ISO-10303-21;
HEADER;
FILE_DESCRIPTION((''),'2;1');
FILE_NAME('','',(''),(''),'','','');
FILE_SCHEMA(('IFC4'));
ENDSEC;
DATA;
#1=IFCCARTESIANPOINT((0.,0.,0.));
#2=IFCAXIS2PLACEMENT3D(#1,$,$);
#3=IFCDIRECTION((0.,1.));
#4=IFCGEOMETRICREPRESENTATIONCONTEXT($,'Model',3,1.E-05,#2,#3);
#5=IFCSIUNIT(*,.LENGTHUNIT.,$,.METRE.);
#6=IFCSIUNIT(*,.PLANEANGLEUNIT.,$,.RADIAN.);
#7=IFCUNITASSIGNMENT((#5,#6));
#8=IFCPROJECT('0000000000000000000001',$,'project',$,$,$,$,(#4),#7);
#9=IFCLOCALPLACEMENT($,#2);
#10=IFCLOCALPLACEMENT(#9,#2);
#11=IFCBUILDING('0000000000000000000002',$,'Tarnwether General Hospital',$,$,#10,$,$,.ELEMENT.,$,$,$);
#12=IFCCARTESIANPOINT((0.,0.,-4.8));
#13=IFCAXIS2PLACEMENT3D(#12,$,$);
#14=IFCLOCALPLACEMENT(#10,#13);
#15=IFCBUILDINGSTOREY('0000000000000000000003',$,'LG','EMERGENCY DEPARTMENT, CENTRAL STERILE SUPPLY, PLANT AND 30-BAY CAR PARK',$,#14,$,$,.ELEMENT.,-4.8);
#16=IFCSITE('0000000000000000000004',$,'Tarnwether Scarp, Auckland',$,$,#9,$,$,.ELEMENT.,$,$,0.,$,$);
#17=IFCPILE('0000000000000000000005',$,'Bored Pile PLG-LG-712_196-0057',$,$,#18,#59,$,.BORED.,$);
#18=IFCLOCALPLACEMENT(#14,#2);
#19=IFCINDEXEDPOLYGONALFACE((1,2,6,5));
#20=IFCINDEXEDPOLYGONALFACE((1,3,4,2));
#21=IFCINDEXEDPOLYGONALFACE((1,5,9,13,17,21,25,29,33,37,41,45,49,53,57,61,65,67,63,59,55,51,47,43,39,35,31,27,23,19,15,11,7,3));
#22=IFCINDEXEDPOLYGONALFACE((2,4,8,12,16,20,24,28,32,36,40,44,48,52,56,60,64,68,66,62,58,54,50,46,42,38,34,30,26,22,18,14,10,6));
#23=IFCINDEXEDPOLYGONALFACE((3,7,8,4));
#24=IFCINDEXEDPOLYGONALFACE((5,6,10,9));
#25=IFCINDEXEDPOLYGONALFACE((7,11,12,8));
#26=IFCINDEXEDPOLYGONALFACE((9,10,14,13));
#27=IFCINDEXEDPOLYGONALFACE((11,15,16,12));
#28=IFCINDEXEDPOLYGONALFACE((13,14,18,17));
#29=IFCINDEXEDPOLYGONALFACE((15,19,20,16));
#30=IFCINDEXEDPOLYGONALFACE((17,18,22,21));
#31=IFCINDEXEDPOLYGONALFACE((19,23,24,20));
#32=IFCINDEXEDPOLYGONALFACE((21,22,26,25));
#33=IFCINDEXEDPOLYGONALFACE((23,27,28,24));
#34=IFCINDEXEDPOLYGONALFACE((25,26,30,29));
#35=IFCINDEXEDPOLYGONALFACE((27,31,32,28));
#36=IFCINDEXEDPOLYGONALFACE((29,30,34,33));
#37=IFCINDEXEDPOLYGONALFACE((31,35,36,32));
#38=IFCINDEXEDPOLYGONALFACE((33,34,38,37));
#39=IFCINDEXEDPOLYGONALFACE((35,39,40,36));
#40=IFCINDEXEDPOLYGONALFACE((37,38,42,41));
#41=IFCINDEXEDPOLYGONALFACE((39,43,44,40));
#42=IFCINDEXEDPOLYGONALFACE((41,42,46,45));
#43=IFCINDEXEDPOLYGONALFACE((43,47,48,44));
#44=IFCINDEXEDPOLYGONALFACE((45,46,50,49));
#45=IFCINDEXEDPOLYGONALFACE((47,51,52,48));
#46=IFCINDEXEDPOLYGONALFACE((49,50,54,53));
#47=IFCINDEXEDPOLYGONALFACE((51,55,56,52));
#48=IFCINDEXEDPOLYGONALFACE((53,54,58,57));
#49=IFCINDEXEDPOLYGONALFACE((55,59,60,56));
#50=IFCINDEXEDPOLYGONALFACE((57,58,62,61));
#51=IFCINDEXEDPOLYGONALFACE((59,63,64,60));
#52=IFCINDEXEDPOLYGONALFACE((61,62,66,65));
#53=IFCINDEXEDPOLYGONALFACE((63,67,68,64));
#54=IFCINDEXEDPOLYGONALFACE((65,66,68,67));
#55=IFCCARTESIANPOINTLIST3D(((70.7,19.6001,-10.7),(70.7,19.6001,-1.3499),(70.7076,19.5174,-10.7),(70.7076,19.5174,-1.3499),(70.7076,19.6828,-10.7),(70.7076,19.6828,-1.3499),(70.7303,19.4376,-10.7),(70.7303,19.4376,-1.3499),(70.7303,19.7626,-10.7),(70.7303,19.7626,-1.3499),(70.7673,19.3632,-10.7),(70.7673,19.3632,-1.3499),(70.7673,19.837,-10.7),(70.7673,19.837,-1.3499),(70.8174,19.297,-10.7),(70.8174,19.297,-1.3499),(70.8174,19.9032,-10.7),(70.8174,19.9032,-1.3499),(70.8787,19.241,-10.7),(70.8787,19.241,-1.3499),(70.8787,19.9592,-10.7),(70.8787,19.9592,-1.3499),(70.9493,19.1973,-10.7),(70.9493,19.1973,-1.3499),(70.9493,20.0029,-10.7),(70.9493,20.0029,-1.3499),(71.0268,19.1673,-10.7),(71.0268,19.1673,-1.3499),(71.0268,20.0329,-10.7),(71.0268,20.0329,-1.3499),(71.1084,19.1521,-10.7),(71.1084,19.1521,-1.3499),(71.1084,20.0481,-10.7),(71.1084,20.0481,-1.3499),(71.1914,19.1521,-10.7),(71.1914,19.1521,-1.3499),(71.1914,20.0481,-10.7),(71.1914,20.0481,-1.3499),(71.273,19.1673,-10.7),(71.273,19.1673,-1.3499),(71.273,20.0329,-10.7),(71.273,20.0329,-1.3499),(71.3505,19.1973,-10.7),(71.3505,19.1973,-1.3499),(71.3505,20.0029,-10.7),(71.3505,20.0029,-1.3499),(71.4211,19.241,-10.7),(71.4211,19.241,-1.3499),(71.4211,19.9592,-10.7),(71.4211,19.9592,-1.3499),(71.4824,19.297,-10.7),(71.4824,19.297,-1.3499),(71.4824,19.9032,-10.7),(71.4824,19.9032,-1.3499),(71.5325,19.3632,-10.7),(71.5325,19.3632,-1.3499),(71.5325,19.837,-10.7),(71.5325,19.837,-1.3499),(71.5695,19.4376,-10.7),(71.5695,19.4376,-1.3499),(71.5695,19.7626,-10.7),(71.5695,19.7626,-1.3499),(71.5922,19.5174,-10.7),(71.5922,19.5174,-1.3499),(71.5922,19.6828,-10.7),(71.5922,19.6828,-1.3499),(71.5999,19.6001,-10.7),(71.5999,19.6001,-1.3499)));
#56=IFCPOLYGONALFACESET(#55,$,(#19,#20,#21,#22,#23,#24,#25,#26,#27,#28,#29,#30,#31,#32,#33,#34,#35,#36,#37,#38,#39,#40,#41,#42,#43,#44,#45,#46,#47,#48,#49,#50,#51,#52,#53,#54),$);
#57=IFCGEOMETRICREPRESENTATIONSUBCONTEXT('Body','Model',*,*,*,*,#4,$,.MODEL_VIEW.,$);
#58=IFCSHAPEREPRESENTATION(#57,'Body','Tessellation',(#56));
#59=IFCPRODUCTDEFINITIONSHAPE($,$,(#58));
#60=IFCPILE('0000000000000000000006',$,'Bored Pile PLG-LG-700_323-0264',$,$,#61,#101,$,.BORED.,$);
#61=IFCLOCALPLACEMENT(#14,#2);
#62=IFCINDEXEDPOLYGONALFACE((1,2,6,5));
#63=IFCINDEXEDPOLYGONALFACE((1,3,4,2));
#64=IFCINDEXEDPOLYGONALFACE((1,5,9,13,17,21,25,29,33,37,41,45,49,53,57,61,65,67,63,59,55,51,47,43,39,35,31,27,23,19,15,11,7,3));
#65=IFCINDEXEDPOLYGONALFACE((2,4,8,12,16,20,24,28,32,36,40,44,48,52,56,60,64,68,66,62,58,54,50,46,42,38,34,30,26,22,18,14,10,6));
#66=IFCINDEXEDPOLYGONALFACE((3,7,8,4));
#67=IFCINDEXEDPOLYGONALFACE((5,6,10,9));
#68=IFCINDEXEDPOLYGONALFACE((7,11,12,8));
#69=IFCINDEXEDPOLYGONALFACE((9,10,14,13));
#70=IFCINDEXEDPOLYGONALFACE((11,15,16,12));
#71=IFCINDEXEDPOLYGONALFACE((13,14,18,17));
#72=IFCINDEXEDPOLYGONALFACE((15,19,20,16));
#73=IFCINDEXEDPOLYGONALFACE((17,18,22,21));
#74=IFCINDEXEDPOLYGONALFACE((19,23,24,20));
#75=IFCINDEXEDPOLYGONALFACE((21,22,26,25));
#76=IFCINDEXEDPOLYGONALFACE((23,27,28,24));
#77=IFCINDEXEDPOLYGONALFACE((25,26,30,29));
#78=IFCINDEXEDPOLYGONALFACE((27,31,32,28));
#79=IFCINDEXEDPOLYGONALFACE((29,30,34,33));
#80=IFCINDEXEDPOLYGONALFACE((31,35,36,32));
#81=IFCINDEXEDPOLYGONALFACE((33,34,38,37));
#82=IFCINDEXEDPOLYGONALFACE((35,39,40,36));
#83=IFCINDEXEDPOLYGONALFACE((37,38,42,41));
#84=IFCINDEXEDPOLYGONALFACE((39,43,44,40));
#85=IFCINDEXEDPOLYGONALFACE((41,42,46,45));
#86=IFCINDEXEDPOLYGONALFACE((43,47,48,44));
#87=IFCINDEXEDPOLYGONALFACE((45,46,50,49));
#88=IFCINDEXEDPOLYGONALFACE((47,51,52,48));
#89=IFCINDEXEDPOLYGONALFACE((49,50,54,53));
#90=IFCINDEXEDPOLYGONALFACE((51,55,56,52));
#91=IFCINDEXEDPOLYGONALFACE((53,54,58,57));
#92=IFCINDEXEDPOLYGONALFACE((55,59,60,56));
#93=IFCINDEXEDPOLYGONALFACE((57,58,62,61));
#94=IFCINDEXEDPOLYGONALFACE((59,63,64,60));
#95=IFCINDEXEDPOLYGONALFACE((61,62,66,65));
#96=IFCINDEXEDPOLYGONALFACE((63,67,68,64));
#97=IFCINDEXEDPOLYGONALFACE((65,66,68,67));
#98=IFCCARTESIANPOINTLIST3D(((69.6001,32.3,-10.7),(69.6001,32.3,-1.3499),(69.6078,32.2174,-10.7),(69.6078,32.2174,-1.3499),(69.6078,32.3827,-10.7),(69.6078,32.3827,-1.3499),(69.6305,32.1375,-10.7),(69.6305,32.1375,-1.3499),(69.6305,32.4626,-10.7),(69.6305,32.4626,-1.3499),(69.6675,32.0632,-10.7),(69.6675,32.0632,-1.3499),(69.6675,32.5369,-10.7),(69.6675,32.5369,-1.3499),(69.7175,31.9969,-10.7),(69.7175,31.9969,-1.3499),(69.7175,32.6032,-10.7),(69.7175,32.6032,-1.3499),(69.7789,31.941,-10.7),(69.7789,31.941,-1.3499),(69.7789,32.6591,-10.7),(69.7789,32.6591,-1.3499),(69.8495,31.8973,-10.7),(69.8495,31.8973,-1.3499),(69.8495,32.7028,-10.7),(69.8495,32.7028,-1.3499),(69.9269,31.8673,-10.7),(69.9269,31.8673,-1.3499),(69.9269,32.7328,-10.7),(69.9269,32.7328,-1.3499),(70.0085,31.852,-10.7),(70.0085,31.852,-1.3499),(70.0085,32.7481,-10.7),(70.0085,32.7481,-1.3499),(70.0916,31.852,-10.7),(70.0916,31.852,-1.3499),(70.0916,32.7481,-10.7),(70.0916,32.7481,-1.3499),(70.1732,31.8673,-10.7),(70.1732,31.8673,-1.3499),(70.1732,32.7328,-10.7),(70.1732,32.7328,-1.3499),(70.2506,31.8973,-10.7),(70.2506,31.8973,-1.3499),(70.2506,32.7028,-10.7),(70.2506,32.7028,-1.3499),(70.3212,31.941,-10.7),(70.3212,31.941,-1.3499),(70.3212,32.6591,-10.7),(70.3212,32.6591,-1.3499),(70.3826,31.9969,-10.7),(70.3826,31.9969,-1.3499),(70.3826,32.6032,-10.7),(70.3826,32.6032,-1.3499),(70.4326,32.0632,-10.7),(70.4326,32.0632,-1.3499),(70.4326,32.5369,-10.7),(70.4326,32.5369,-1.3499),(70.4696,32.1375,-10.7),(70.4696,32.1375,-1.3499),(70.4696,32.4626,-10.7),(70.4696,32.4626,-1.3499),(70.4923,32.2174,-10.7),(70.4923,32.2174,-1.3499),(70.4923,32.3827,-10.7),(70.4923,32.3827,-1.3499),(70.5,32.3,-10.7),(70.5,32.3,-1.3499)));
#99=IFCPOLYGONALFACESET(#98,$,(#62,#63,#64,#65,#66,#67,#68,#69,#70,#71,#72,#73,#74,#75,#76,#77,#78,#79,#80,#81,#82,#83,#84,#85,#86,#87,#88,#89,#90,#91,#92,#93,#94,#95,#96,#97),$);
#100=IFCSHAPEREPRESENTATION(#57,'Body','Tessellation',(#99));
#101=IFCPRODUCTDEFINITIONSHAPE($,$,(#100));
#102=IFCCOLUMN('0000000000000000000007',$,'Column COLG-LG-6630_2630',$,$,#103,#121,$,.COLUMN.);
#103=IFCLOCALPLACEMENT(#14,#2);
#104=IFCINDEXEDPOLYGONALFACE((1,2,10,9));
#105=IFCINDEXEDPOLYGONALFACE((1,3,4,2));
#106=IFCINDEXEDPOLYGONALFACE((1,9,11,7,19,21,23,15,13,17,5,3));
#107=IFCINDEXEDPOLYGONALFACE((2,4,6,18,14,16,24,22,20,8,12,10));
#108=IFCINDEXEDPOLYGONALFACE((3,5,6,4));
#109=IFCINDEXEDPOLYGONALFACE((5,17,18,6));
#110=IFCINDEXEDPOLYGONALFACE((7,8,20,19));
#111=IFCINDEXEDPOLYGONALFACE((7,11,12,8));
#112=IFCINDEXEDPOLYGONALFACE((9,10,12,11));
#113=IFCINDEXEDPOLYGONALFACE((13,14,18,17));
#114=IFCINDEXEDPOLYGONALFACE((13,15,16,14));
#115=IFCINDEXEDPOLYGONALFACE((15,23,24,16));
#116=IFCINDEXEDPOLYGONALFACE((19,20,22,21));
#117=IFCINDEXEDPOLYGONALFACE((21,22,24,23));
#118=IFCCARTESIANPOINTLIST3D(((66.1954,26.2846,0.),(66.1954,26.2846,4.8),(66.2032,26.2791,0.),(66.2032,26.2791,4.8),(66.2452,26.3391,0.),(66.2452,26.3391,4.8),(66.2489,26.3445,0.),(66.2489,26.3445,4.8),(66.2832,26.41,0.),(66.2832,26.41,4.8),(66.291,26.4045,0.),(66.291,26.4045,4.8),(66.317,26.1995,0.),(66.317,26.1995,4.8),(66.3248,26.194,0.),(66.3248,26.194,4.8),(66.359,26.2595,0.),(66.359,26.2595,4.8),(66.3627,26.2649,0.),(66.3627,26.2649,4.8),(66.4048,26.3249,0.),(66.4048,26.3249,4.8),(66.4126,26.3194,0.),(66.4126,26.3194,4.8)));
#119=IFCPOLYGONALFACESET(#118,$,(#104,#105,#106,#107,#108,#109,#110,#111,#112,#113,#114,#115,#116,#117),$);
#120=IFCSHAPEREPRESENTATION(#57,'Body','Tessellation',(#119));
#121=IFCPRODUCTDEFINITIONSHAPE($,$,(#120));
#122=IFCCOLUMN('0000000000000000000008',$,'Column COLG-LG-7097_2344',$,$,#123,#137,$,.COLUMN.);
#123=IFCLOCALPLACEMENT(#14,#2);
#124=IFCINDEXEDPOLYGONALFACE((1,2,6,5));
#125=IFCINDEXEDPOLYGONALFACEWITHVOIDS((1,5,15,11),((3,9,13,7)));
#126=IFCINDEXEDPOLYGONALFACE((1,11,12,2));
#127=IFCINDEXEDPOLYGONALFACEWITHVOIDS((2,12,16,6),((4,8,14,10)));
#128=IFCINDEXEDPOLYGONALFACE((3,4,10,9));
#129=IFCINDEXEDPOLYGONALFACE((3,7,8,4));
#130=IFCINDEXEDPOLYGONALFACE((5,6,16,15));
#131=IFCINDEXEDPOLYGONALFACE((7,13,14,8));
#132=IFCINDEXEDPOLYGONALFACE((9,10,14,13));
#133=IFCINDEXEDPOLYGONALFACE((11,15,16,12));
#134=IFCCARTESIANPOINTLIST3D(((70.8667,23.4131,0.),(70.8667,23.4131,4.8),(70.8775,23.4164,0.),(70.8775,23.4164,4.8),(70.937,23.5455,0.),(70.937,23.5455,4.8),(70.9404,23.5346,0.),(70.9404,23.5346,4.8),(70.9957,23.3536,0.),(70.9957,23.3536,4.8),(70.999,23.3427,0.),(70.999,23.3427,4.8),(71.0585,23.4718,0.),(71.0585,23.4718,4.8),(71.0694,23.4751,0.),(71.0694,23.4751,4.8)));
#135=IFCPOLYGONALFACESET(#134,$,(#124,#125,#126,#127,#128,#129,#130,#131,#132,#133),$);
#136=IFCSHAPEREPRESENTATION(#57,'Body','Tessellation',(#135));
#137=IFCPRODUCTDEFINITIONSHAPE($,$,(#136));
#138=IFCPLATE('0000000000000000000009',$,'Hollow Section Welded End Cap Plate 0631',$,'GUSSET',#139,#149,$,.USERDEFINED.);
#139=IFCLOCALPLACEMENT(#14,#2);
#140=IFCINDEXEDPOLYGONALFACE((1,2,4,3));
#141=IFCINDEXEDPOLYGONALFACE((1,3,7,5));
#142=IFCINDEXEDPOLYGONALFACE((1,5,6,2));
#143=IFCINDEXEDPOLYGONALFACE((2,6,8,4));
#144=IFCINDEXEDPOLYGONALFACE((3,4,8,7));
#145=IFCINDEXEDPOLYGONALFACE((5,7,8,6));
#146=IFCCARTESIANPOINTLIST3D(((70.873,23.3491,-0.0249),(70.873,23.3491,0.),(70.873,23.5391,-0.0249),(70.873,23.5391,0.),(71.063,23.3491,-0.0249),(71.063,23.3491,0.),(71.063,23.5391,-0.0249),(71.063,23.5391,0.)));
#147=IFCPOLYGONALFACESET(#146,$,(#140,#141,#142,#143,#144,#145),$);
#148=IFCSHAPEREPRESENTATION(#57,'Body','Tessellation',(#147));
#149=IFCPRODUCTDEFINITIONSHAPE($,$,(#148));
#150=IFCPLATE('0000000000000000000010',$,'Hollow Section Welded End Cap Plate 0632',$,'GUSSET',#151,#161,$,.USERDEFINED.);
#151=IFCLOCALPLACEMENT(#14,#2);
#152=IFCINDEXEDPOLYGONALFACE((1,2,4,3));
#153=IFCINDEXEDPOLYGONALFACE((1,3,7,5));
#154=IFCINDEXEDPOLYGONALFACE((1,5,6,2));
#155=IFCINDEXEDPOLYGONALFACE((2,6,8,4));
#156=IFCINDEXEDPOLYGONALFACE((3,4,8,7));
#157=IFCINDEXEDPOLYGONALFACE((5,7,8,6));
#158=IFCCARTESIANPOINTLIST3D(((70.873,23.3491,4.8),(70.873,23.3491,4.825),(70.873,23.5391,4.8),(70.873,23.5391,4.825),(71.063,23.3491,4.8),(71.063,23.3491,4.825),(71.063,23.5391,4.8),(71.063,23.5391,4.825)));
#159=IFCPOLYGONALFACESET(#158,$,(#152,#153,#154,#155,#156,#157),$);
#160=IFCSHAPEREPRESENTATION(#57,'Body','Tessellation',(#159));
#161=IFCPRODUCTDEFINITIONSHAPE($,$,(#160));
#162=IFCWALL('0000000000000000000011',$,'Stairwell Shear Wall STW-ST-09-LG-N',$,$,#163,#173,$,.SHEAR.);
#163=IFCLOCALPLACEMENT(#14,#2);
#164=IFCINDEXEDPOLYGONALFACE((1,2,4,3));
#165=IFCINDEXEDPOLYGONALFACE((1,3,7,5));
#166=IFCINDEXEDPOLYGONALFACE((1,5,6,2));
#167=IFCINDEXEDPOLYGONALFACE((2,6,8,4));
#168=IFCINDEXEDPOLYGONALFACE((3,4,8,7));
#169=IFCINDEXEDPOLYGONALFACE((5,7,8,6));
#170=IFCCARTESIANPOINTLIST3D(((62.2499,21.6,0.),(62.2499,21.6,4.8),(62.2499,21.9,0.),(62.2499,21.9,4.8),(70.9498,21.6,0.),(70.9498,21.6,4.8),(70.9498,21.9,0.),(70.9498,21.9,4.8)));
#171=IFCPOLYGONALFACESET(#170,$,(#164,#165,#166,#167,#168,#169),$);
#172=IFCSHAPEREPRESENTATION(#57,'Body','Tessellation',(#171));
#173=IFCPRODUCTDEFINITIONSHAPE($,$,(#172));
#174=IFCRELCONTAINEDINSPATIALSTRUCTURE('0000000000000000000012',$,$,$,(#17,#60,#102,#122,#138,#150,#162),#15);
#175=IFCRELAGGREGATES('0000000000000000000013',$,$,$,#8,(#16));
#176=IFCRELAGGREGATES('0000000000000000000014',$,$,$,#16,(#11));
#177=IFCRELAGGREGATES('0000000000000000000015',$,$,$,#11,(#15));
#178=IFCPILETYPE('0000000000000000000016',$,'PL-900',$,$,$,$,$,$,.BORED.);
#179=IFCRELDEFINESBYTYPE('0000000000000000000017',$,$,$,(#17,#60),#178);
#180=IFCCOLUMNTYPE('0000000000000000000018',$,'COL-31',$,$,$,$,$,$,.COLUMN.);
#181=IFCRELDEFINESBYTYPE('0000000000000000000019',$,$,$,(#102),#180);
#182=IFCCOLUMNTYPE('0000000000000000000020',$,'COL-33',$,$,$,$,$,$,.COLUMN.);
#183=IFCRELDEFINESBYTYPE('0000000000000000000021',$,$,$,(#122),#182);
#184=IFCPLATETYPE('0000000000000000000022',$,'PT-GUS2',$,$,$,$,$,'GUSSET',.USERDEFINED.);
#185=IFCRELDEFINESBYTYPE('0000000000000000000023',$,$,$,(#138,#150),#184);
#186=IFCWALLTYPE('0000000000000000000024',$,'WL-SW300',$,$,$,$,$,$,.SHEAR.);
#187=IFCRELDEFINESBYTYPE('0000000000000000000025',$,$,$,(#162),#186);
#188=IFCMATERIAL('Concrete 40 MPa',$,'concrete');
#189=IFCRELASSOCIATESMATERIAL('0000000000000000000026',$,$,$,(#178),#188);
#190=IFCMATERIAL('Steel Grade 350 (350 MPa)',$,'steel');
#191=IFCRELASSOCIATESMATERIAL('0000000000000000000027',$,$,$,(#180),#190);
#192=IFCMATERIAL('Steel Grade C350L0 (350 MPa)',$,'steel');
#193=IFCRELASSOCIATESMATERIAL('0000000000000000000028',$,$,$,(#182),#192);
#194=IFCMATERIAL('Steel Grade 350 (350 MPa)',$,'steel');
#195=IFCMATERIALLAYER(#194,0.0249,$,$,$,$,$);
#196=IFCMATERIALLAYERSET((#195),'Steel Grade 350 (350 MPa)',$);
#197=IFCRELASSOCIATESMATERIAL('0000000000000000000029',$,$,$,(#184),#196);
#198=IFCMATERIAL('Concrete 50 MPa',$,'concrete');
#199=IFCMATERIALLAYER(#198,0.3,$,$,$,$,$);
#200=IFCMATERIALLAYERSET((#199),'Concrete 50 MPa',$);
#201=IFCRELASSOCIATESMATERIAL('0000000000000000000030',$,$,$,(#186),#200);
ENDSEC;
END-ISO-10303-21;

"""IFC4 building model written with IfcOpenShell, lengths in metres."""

from ifc_helpers import new_model, si_unit, direction, frame, frame_2d, origin, origin_2d, place, context, subcontext, project, spatial, rectangle, hollow_rectangle, circle, i_section, extrude, material, layer, layer_set, material_profile, profile_set, type_object, element, save


model = new_model("IFC4")

# Units and contexts
model_context = context("Model", 3, precision=1e-05, world=origin(), true_north=direction((0.0, 1.0)))
body_context = subcontext(model_context, "Body", "Model", "MODEL_VIEW")
ifc_project = project(units=[si_unit("LENGTHUNIT", "METRE"), si_unit("PLANEANGLEUNIT", "RADIAN")], contexts=[model_context])

# Site, building, storey
site_placement = place(None, origin())
site = spatial("IfcSite", under=ifc_project, at=site_placement, Name="Tarnwether Scarp, Auckland", CompositionType="ELEMENT", RefElevation=0.0)
building_placement = place(site_placement, origin())
building = spatial("IfcBuilding", under=site, at=building_placement, Name="Tarnwether General Hospital", CompositionType="ELEMENT")
storey_placement = place(building_placement, frame((0.0, 0.0, -4.8)))
storey = spatial("IfcBuildingStorey", under=building, at=storey_placement, Name="LG", Description="EMERGENCY DEPARTMENT, CENTRAL STERILE SUPPLY, PLANT AND 30-BAY CAR PARK", CompositionType="ELEMENT", Elevation=-4.8)

# Piles
ifc_material_1 = material(Name="Concrete 40 MPa", Category="concrete")
ifc_material_profile_1 = material_profile(ifc_material_1, circle(Radius=0.45, at=origin_2d()), Name="PILE-D900")
ifc_profile_set_1 = profile_set([ifc_material_profile_1], Name="Concrete 40 MPa")
pile_type_1 = type_object("IfcPileType", Name="PL-900", PredefinedType="BORED", material=ifc_profile_set_1)
for number, where, z_axis, x_axis, name in (
    (1, (71.1499, 19.6001, -1.3499), (0.0, 0.0, -1.0), (1.0, 0.0, 0.0), "Bored Pile PLG-LG-712_196-0057"),
    (2, (70.05, 32.3, -1.3499), (0.0, 0.0, -1.0), (1.0, 0.0, 0.0), "Bored Pile PLG-LG-700_323-0264"),
):
    element("IfcPile", number, at=place(storey_placement, frame(where, z_axis=z_axis, x_axis=x_axis)), inside=storey, type_object=pile_type_1, Name=name, PredefinedType="BORED", context=body_context, shape_type="SweptSolid", body=[
        extrude(circle(Radius=0.45, at=origin_2d()), origin(), (0.0, 0.0, 1.0), 9.3501),
    ])

# Columns
ifc_material_2 = material(Name="Steel Grade 350 (350 MPa)", Category="steel")
ifc_material_profile_2 = material_profile(ifc_material_2, i_section(OverallWidth=0.1531, OverallDepth=0.158, WebThickness=0.0066, FlangeThickness=0.0095, at=origin_2d()), Name="150UC30.0")
ifc_profile_set_2 = profile_set([ifc_material_profile_2], Name="Steel Grade 350 (350 MPa)")
column_type_1 = type_object("IfcColumnType", Name="COL-31", PredefinedType="COLUMN", material=ifc_profile_set_2)
column_1_placement = place(storey_placement, frame((66.304, 26.302, 0.0), z_axis=(0.0, 0.0, 1.0), x_axis=(0.573576, 0.819152, 0.0)))
element("IfcColumn", 3, at=column_1_placement, inside=storey, type_object=column_type_1, Name="Column COLG-LG-6630_2630", PredefinedType="COLUMN", context=body_context, shape_type="SweptSolid", body=[
    extrude(i_section(OverallWidth=0.1531, OverallDepth=0.158, WebThickness=0.0066, FlangeThickness=0.0095, at=origin_2d()), origin(), (0.0, 0.0, 1.0), 4.8),
])
ifc_material_3 = material(Name="Steel Grade C350L0 (350 MPa)", Category="steel")
ifc_material_profile_3 = material_profile(ifc_material_3, hollow_rectangle(XDim=0.1499, YDim=0.1499, WallThickness=0.0081, at=origin_2d()), Name="SHS150x150x8")
ifc_profile_set_3 = profile_set([ifc_material_profile_3], Name="Steel Grade C350L0 (350 MPa)")
column_type_2 = type_object("IfcColumnType", Name="COL-33", PredefinedType="COLUMN", material=ifc_profile_set_3)
column_2_placement = place(storey_placement, frame((70.968, 23.4441, 0.0), z_axis=(0.0, 0.0, 1.0), x_axis=(0.469472, 0.882948, 0.0)))
element("IfcColumn", 4, at=column_2_placement, inside=storey, type_object=column_type_2, Name="Column COLG-LG-7097_2344", PredefinedType="COLUMN", context=body_context, shape_type="SweptSolid", body=[
    extrude(hollow_rectangle(XDim=0.1499, YDim=0.1499, WallThickness=0.0081, at=origin_2d()), origin(), (0.0, 0.0, 1.0), 4.8),
])

# Plates
ifc_material_4 = material(Name="Steel Grade 350 (350 MPa)", Category="steel")
ifc_layer_1 = layer(ifc_material_4, 0.0249)
ifc_layer_set_1 = layer_set([ifc_layer_1], Name="Steel Grade 350 (350 MPa)")
plate_type = type_object("IfcPlateType", Name="PT-GUS2", ElementType="GUSSET", PredefinedType="USERDEFINED", material=ifc_layer_set_1)
for number, where, z_axis, x_axis, name in (
    (5, (70.968, 23.4441, -0.0249), (0.0, 0.0, 1.0), (1.0, 0.0, 0.0), "Hollow Section Welded End Cap Plate 0631"),
    (6, (70.968, 23.4441, 4.8), (0.0, 0.0, 1.0), (1.0, 0.0, 0.0), "Hollow Section Welded End Cap Plate 0632"),
):
    element("IfcPlate", number, at=place(storey_placement, frame(where, z_axis=z_axis, x_axis=x_axis)), inside=storey, type_object=plate_type, Name=name, ObjectType="GUSSET", PredefinedType="USERDEFINED", context=body_context, shape_type="SweptSolid", body=[
        extrude(rectangle(XDim=0.1899, YDim=0.1899, at=origin_2d()), origin(), (0.0, 0.0, 1.0), 0.0249),
    ])

# Wall
ifc_material_5 = material(Name="Concrete 50 MPa", Category="concrete")
ifc_layer_2 = layer(ifc_material_5, 0.3)
ifc_layer_set_2 = layer_set([ifc_layer_2], Name="Concrete 50 MPa")
wall_type = type_object("IfcWallType", Name="WL-SW300", PredefinedType="SHEAR", material=ifc_layer_set_2)
wall_placement = place(storey_placement, frame((70.95, 21.75, 0.0), z_axis=(0.0, 0.0, 1.0), x_axis=(-1.0, 0.0, 0.0)))
element("IfcWall", 7, at=wall_placement, inside=storey, type_object=wall_type, Name="Stairwell Shear Wall STW-ST-09-LG-N", PredefinedType="SHEAR", context=body_context, shape_type="SweptSolid", body=[
    extrude(rectangle(XDim=8.7, YDim=0.3, at=frame_2d((4.3501, 0.0))), origin(), (0.0, 0.0, 1.0), 4.8),
])

save(model, "model.ifc")
